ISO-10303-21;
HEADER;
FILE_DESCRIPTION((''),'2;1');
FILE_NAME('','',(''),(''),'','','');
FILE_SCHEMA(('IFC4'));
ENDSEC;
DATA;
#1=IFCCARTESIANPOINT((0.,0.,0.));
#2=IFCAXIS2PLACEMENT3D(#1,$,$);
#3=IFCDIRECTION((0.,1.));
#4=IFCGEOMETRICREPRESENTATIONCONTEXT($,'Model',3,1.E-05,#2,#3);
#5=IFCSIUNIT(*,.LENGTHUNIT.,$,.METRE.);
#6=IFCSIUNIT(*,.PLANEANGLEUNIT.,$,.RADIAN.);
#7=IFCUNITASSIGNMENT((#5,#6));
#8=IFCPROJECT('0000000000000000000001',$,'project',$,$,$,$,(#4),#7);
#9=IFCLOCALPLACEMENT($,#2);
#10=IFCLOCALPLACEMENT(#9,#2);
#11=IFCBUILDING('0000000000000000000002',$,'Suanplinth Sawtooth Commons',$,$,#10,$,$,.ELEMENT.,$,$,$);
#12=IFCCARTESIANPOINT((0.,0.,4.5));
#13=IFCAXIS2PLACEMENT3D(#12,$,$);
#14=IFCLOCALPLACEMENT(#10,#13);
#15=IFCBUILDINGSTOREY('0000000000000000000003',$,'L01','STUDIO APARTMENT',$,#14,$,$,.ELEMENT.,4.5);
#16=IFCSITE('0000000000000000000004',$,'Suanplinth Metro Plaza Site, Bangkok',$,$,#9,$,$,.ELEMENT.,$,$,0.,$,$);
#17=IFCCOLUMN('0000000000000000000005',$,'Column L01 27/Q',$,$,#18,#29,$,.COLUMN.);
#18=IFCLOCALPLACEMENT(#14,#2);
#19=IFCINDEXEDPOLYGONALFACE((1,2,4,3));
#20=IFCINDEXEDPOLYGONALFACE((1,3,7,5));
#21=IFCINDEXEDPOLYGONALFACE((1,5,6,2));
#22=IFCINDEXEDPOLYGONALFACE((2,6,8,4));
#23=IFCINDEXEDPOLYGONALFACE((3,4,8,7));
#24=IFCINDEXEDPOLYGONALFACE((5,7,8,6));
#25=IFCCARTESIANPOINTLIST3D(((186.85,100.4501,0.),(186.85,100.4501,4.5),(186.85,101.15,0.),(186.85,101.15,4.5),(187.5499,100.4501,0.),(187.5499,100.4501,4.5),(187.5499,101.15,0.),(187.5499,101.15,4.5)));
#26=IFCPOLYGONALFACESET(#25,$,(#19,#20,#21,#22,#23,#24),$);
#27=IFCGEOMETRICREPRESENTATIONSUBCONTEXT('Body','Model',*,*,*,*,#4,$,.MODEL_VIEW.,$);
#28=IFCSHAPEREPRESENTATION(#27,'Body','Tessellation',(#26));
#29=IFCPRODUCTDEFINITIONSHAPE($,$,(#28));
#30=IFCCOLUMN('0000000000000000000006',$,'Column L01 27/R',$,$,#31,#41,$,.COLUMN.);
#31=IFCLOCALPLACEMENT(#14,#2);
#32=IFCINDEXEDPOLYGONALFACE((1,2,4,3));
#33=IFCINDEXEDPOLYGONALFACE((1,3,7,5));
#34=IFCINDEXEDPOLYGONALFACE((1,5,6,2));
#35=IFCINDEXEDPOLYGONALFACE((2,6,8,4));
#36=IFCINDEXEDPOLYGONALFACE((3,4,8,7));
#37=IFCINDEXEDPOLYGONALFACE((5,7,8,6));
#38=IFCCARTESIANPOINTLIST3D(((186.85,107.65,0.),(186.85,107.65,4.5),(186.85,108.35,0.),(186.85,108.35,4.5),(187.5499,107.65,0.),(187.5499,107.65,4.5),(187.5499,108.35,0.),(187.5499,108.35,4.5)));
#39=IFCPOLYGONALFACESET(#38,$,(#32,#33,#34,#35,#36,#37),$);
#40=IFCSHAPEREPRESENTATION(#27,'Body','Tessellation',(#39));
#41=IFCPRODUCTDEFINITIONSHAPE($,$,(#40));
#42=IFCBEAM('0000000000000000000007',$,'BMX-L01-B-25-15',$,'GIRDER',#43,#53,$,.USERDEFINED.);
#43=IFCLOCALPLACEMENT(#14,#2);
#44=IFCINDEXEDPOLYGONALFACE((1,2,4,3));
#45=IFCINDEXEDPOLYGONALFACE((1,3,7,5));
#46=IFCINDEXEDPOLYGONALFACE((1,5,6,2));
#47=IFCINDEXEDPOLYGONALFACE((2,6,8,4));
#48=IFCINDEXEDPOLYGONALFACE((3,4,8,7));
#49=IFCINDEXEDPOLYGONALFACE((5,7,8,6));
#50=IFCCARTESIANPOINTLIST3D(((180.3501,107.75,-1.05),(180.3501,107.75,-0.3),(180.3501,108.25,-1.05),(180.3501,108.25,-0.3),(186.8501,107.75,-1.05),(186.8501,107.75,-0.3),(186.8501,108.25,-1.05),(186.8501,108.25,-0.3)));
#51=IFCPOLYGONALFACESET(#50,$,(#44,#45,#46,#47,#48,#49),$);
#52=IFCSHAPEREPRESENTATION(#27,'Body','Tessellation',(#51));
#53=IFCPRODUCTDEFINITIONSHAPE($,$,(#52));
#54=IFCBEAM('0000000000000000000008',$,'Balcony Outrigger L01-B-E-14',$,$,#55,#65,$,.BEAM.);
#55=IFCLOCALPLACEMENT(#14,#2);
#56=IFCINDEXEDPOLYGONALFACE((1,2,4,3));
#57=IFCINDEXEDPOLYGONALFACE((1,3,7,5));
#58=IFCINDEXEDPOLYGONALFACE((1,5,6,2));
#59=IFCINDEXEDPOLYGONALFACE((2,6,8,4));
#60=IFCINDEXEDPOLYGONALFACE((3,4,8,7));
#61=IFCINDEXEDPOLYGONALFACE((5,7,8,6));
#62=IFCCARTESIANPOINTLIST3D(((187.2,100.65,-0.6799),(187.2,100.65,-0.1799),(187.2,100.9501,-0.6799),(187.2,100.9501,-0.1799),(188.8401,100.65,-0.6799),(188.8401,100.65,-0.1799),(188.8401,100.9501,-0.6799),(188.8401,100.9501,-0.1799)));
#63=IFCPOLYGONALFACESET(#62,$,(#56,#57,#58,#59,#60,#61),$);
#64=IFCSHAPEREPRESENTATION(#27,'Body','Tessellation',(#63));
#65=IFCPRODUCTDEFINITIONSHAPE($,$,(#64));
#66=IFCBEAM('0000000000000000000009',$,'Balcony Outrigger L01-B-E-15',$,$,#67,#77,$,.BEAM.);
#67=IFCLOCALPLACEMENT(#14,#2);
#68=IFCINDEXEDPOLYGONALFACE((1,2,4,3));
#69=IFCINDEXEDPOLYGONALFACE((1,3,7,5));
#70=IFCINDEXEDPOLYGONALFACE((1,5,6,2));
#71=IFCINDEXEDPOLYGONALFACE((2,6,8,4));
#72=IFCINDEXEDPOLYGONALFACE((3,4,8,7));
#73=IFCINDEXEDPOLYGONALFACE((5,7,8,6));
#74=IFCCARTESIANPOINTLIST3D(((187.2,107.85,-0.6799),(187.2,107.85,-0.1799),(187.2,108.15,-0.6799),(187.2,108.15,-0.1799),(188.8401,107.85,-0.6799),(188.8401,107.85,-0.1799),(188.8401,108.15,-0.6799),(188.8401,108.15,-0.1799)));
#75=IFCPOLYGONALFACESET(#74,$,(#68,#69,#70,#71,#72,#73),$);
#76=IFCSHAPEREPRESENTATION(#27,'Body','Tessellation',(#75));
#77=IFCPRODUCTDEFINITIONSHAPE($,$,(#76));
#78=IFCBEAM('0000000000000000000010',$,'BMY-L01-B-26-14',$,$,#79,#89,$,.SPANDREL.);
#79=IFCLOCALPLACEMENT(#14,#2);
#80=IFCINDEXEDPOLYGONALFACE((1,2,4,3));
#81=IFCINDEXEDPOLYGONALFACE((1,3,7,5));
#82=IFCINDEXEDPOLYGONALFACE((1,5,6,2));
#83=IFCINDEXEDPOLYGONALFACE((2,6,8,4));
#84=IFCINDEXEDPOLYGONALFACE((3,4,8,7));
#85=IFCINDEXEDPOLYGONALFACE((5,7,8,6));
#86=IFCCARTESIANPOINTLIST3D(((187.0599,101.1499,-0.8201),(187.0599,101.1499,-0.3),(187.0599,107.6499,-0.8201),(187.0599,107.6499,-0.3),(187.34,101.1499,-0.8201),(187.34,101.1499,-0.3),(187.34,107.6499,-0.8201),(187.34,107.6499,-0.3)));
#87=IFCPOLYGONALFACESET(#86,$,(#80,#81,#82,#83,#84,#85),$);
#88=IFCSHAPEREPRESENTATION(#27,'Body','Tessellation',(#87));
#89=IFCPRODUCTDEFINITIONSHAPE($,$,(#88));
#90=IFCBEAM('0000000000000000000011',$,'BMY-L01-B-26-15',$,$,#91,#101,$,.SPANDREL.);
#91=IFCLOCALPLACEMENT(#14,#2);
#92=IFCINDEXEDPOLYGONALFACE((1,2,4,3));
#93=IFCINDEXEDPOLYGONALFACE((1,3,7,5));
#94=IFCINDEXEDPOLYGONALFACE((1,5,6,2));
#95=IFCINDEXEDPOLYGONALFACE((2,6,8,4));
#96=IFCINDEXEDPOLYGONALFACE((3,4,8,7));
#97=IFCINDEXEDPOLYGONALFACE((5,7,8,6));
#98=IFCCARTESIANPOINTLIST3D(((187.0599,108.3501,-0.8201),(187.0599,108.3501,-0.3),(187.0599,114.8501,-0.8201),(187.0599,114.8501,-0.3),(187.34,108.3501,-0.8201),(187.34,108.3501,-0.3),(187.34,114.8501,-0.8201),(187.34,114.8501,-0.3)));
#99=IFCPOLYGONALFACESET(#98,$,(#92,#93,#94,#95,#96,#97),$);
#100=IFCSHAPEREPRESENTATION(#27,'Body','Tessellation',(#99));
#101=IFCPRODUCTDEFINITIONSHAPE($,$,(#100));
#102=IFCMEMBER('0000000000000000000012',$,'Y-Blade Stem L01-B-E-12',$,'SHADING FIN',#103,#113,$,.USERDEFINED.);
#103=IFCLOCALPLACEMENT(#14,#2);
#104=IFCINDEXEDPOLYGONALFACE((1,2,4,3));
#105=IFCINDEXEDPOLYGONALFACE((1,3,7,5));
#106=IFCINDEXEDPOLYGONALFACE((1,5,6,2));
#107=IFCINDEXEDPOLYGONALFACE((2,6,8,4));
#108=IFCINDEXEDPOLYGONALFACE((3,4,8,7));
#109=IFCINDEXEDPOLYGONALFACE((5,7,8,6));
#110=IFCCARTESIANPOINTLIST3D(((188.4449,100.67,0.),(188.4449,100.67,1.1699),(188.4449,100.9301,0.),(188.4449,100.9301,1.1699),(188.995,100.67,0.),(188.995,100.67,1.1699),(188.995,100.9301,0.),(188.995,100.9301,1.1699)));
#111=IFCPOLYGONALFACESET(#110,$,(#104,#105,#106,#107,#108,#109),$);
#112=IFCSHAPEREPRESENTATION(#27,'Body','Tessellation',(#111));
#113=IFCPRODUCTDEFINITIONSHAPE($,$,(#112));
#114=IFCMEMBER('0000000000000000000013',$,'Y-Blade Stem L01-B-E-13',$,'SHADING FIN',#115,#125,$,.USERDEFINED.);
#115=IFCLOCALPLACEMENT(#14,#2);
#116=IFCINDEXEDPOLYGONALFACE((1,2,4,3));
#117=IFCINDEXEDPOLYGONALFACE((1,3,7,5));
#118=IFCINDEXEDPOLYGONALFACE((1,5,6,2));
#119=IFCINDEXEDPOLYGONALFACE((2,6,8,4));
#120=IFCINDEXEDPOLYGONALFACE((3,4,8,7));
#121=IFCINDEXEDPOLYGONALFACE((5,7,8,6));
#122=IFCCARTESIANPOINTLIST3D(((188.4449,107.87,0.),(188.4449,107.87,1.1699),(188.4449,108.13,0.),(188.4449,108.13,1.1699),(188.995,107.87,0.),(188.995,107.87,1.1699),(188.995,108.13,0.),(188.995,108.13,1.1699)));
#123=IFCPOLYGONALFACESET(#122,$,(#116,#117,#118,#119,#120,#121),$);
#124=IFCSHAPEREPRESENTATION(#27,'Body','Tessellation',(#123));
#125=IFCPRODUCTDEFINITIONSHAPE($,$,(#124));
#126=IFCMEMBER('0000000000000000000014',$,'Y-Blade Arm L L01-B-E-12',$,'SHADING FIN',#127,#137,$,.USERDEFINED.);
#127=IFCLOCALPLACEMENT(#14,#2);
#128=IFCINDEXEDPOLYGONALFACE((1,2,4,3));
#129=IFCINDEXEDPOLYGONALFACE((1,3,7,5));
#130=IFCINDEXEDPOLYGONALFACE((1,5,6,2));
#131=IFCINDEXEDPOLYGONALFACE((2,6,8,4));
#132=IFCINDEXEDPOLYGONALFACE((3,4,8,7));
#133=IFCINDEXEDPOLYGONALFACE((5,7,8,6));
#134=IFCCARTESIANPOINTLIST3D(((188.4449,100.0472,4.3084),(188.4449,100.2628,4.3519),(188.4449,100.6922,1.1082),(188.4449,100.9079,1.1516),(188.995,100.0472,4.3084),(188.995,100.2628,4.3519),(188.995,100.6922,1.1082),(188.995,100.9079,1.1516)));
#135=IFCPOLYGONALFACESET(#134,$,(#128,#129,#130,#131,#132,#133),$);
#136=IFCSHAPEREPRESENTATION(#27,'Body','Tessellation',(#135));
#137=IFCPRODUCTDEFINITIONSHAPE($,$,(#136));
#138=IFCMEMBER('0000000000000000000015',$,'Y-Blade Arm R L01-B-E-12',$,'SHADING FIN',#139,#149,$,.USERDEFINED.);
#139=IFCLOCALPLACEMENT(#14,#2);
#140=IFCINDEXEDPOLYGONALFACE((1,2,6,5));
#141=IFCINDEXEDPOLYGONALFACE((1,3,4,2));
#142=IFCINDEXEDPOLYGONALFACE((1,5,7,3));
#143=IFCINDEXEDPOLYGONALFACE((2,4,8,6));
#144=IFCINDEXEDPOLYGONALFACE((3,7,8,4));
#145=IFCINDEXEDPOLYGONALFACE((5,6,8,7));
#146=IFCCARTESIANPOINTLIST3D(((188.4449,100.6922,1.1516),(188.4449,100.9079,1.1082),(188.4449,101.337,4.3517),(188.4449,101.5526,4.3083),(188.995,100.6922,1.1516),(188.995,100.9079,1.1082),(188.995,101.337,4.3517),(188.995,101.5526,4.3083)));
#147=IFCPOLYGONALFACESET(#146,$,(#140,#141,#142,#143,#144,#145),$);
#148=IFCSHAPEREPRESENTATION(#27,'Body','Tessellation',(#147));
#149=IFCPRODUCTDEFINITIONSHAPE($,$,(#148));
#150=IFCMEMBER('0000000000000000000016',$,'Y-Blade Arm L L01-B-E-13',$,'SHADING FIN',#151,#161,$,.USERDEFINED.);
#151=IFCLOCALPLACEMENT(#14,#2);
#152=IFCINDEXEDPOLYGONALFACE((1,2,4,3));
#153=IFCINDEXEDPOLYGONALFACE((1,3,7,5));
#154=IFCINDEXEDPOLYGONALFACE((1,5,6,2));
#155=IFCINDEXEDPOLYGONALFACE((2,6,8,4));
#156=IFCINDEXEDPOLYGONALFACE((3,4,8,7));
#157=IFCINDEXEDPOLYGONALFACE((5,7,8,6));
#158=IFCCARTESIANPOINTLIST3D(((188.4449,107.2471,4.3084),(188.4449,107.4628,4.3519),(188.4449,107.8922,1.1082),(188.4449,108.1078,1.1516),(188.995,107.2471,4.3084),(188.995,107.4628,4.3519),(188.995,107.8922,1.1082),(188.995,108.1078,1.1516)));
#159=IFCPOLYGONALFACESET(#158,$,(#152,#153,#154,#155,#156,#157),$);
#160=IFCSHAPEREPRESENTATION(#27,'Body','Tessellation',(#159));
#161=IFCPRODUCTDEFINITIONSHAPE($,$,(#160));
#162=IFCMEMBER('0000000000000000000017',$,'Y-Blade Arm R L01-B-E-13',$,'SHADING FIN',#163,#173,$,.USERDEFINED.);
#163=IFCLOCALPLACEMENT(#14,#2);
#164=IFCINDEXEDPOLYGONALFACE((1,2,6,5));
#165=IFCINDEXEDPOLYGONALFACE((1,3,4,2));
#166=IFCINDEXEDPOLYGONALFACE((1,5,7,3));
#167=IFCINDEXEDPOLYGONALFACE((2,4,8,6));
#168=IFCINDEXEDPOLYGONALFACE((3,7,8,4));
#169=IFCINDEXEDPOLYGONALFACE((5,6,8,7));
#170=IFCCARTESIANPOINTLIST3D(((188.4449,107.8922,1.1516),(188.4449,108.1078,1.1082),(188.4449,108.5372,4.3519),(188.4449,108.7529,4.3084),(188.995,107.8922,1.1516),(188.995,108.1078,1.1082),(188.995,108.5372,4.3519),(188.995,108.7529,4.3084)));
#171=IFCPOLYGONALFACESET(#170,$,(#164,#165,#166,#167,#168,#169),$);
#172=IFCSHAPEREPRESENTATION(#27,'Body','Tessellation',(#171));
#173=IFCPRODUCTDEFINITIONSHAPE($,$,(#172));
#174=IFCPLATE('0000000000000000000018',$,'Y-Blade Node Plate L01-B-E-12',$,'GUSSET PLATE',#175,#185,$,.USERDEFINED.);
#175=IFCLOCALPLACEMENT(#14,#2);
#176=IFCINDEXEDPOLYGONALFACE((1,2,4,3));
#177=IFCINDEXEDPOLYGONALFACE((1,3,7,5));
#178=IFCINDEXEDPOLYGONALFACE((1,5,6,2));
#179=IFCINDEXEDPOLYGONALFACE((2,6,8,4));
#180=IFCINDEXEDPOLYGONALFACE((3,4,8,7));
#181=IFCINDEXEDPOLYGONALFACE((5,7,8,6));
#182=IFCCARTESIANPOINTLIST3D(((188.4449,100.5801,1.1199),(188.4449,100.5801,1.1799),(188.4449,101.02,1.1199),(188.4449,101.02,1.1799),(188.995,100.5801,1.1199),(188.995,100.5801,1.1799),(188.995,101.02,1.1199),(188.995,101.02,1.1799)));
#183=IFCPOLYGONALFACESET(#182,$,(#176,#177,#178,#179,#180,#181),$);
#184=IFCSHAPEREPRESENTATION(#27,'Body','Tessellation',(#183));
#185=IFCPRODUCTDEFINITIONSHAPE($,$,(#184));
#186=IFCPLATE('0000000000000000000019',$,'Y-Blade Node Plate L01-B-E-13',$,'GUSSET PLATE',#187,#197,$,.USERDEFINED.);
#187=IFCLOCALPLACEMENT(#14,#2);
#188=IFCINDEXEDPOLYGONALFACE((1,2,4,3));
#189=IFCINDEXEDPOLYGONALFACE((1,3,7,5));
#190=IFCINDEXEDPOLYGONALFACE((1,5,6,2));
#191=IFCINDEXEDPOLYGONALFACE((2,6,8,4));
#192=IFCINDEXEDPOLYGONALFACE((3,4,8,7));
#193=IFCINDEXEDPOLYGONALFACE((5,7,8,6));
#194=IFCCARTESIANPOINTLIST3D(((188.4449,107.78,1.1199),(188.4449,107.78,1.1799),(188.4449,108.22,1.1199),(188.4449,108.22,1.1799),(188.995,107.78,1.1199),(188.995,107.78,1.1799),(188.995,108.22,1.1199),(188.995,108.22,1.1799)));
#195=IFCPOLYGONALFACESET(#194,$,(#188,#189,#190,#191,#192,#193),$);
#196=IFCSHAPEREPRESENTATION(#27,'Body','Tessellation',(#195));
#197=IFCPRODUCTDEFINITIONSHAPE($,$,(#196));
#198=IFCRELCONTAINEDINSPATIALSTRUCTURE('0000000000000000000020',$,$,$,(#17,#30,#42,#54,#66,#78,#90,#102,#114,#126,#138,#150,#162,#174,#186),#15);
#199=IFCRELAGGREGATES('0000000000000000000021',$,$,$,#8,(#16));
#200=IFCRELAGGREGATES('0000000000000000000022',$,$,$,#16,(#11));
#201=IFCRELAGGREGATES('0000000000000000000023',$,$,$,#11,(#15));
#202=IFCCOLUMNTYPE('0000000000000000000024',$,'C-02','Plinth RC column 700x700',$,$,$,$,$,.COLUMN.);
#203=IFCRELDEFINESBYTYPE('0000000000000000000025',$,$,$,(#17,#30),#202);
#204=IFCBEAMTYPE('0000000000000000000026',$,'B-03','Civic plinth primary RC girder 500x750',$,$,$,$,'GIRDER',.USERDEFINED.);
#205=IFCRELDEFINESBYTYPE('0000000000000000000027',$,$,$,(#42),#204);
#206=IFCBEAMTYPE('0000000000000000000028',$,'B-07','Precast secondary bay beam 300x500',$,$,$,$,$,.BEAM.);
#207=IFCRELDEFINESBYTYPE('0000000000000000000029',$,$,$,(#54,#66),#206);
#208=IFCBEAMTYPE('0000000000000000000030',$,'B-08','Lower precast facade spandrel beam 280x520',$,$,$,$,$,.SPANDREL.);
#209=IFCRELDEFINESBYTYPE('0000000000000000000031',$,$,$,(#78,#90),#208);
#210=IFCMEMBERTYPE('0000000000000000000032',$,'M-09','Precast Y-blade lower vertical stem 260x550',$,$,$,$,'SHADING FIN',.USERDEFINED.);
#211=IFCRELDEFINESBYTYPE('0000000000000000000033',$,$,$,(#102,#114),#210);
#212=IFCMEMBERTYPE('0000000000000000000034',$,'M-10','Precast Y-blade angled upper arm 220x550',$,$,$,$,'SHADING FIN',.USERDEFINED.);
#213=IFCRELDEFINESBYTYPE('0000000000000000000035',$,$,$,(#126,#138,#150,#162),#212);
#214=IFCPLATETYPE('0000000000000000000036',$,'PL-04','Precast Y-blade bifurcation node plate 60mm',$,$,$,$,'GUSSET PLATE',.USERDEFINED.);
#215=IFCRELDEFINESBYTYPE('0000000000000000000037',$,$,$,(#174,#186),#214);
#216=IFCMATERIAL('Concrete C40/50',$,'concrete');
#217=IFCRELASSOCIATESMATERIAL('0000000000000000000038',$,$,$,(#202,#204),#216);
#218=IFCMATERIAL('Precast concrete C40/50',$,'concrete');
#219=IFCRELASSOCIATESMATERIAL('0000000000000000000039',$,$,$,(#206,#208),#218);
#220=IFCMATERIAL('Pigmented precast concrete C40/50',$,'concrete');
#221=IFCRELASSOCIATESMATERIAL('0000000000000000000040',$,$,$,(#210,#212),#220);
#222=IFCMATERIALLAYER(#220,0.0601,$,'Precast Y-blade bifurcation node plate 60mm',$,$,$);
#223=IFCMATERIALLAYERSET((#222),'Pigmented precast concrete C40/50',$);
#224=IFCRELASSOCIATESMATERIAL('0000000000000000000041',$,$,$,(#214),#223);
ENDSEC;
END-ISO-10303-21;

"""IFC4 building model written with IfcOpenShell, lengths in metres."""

from ifc_helpers import new_model, si_unit, direction, frame, origin, origin_2d, place, context, subcontext, project, spatial, rectangle, extrude, material, layer, layer_set, material_profile, profile_set, type_object, element, save


model = new_model("IFC4")

# Units and contexts
model_context = context("Model", 3, precision=1e-05, world=origin(), true_north=direction((0.0, 1.0)))
body_context = subcontext(model_context, "Body", "Model", "MODEL_VIEW")
ifc_project = project(units=[si_unit("LENGTHUNIT", "METRE"), si_unit("PLANEANGLEUNIT", "RADIAN")], contexts=[model_context])

# Site, building, storey
site_placement = place(None, origin())
site = spatial("IfcSite", under=ifc_project, at=site_placement, Name="Suanplinth Metro Plaza Site, Bangkok", CompositionType="ELEMENT", RefElevation=0.0)
building_placement = place(site_placement, origin())
building = spatial("IfcBuilding", under=site, at=building_placement, Name="Suanplinth Sawtooth Commons", CompositionType="ELEMENT")
storey_placement = place(building_placement, frame((0.0, 0.0, 4.5)))
storey = spatial("IfcBuildingStorey", under=building, at=storey_placement, Name="L01", Description="STUDIO APARTMENT", CompositionType="ELEMENT", Elevation=4.5)

# Columns
ifc_material_1 = material(Name="Concrete C40/50", Category="concrete")
ifc_material_profile_1 = material_profile(ifc_material_1, rectangle(XDim=0.7, YDim=0.7, at=origin_2d()), Name="RC-COL 700x700")
ifc_profile_set_1 = profile_set([ifc_material_profile_1], Name="Concrete C40/50")
column_type = type_object("IfcColumnType", Name="C-02", Description="Plinth RC column 700x700", PredefinedType="COLUMN", material=ifc_profile_set_1)
for number, where, z_axis, x_axis, name in (
    (1, (187.2, 100.8, 0.0), (0.0, 0.0, 1.0), (1.0, 0.0, 0.0), "Column L01 27/Q"),
    (2, (187.2, 108.0, 0.0), (0.0, 0.0, 1.0), (1.0, 0.0, 0.0), "Column L01 27/R"),
):
    element("IfcColumn", number, at=place(storey_placement, frame(where, z_axis=z_axis, x_axis=x_axis)), inside=storey, type_object=column_type, Name=name, PredefinedType="COLUMN", context=body_context, shape_type="SweptSolid", body=[
        extrude(rectangle(XDim=0.7, YDim=0.7, at=origin_2d()), origin(), (0.0, 0.0, 1.0), 4.5),
    ])

# Beams
ifc_material_profile_2 = material_profile(ifc_material_1, rectangle(XDim=0.5, YDim=0.75, at=origin_2d()), Name="RC-GDR 500x750")
ifc_profile_set_2 = profile_set([ifc_material_profile_2], Name="Concrete C40/50")
beam_type_1 = type_object("IfcBeamType", Name="B-03", Description="Civic plinth primary RC girder 500x750", ElementType="GIRDER", PredefinedType="USERDEFINED", material=ifc_profile_set_2)
beam_placement = place(storey_placement, frame((180.3501, 108.0, -0.675), z_axis=(1.0, 0.0, 0.0), x_axis=(0.0, 1.0, 0.0)))
element("IfcBeam", 3, at=beam_placement, inside=storey, type_object=beam_type_1, Name="BMX-L01-B-25-15", ObjectType="GIRDER", PredefinedType="USERDEFINED", context=body_context, shape_type="SweptSolid", body=[
    extrude(rectangle(XDim=0.5, YDim=0.75, at=origin_2d()), origin(), (0.0, 0.0, 1.0), 6.5),
])
ifc_material_2 = material(Name="Precast concrete C40/50", Category="concrete")
ifc_material_profile_3 = material_profile(ifc_material_2, rectangle(XDim=0.3, YDim=0.5, at=origin_2d()), Name="PC-BM 300x500")
ifc_profile_set_3 = profile_set([ifc_material_profile_3], Name="Precast concrete C40/50")
beam_type_2 = type_object("IfcBeamType", Name="B-07", Description="Precast secondary bay beam 300x500", PredefinedType="BEAM", material=ifc_profile_set_3)
for number, where, z_axis, x_axis, name in (
    (4, (187.2, 100.8, -0.4299), (1.0, 0.0, 0.0), (0.0, 1.0, 0.0), "Balcony Outrigger L01-B-E-14"),
    (5, (187.2, 108.0, -0.4299), (1.0, 0.0, 0.0), (0.0, 1.0, 0.0), "Balcony Outrigger L01-B-E-15"),
):
    element("IfcBeam", number, at=place(storey_placement, frame(where, z_axis=z_axis, x_axis=x_axis)), inside=storey, type_object=beam_type_2, Name=name, PredefinedType="BEAM", context=body_context, shape_type="SweptSolid", body=[
        extrude(rectangle(XDim=0.3, YDim=0.5, at=origin_2d()), origin(), (0.0, 0.0, 1.0), 1.6401),
    ])
ifc_material_profile_4 = material_profile(ifc_material_2, rectangle(XDim=0.28, YDim=0.52, at=origin_2d()), Name="PC-SP 280x520")
ifc_profile_set_4 = profile_set([ifc_material_profile_4], Name="Precast concrete C40/50")
beam_type_3 = type_object("IfcBeamType", Name="B-08", Description="Lower precast facade spandrel beam 280x520", PredefinedType="SPANDREL", material=ifc_profile_set_4)
for number, where, z_axis, x_axis, name in (
    (6, (187.2, 101.1499, -0.5601), (0.0, 1.0, 0.0), (-1.0, 0.0, 0.0), "BMY-L01-B-26-14"),
    (7, (187.2, 108.3501, -0.5601), (0.0, 1.0, 0.0), (-1.0, 0.0, 0.0), "BMY-L01-B-26-15"),
):
    element("IfcBeam", number, at=place(storey_placement, frame(where, z_axis=z_axis, x_axis=x_axis)), inside=storey, type_object=beam_type_3, Name=name, PredefinedType="SPANDREL", context=body_context, shape_type="SweptSolid", body=[
        extrude(rectangle(XDim=0.28, YDim=0.52, at=origin_2d()), origin(), (0.0, 0.0, 1.0), 6.5),
    ])

# Members
ifc_material_3 = material(Name="Pigmented precast concrete C40/50", Category="concrete")
ifc_material_profile_5 = material_profile(ifc_material_3, rectangle(XDim=0.26, YDim=0.55, at=origin_2d()), Name="PC-FIN 260x550")
ifc_profile_set_5 = profile_set([ifc_material_profile_5], Name="Pigmented precast concrete C40/50")
member_type_1 = type_object("IfcMemberType", Name="M-09", Description="Precast Y-blade lower vertical stem 260x550", ElementType="SHADING FIN", PredefinedType="USERDEFINED", material=ifc_profile_set_5)
for number, where, z_axis, x_axis, name in (
    (8, (188.72, 100.8, 0.0), (0.0, 0.0, 1.0), (0.0, 1.0, 0.0), "Y-Blade Stem L01-B-E-12"),
    (9, (188.72, 108.0, 0.0), (0.0, 0.0, 1.0), (0.0, 1.0, 0.0), "Y-Blade Stem L01-B-E-13"),
):
    element("IfcMember", number, at=place(storey_placement, frame(where, z_axis=z_axis, x_axis=x_axis)), inside=storey, type_object=member_type_1, Name=name, ObjectType="SHADING FIN", PredefinedType="USERDEFINED", context=body_context, shape_type="SweptSolid", body=[
        extrude(rectangle(XDim=0.26, YDim=0.55, at=origin_2d()), origin(), (0.0, 0.0, 1.0), 1.1699),
    ])
ifc_material_profile_6 = material_profile(ifc_material_3, rectangle(XDim=0.22, YDim=0.55, at=origin_2d()), Name="PC-FIN 220x550")
ifc_profile_set_6 = profile_set([ifc_material_profile_6], Name="Pigmented precast concrete C40/50")
member_type_2 = type_object("IfcMemberType", Name="M-10", Description="Precast Y-blade angled upper arm 220x550", ElementType="SHADING FIN", PredefinedType="USERDEFINED", material=ifc_profile_set_6)
member_1_placement = place(storey_placement, frame((188.72, 100.8, 1.1299), z_axis=(0.0, -0.197583, 0.980286), x_axis=(0.0, 0.980286, 0.197583)))
element("IfcMember", 10, at=member_1_placement, inside=storey, type_object=member_type_2, Name="Y-Blade Arm L L01-B-E-12", ObjectType="SHADING FIN", PredefinedType="USERDEFINED", context=body_context, shape_type="SweptSolid", body=[
    extrude(rectangle(XDim=0.22, YDim=0.55, at=origin_2d()), origin(), (0.0, 0.0, 1.0), 3.2646),
])
member_2_placement = place(storey_placement, frame((188.72, 100.8, 1.1299), z_axis=(0.0, 0.197511, 0.980301), x_axis=(0.0, -0.980301, 0.197511)))
element("IfcMember", 11, at=member_2_placement, inside=storey, type_object=member_type_2, Name="Y-Blade Arm R L01-B-E-12", ObjectType="SHADING FIN", PredefinedType="USERDEFINED", context=body_context, shape_type="SweptSolid", body=[
    extrude(rectangle(XDim=0.22, YDim=0.55, at=origin_2d()), origin(), (0.0, 0.0, 1.0), 3.2644),
])
for number, where, z_axis, x_axis, name in (
    (12, (188.72, 108.0, 1.1299), (0.0, -0.197583, 0.980286), (0.0, 0.980286, 0.197583), "Y-Blade Arm L L01-B-E-13"),
    (13, (188.72, 108.0, 1.1299), (0.0, 0.197583, 0.980286), (0.0, -0.980286, 0.197583), "Y-Blade Arm R L01-B-E-13"),
):
    element("IfcMember", number, at=place(storey_placement, frame(where, z_axis=z_axis, x_axis=x_axis)), inside=storey, type_object=member_type_2, Name=name, ObjectType="SHADING FIN", PredefinedType="USERDEFINED", context=body_context, shape_type="SweptSolid", body=[
        extrude(rectangle(XDim=0.22, YDim=0.55, at=origin_2d()), origin(), (0.0, 0.0, 1.0), 3.2646),
    ])

# Plates
ifc_layer_1 = layer(ifc_material_3, 0.0601, Name="Precast Y-blade bifurcation node plate 60mm")
ifc_layer_set_1 = layer_set([ifc_layer_1], Name="Pigmented precast concrete C40/50")
plate_type = type_object("IfcPlateType", Name="PL-04", Description="Precast Y-blade bifurcation node plate 60mm", ElementType="GUSSET PLATE", PredefinedType="USERDEFINED", material=ifc_layer_set_1)
for number, where, z_axis, x_axis, name in (
    (14, (188.72, 100.8, 1.1199), (0.0, 0.0, 1.0), (0.0, 1.0, 0.0), "Y-Blade Node Plate L01-B-E-12"),
    (15, (188.72, 108.0, 1.1199), (0.0, 0.0, 1.0), (0.0, 1.0, 0.0), "Y-Blade Node Plate L01-B-E-13"),
):
    element("IfcPlate", number, at=place(storey_placement, frame(where, z_axis=z_axis, x_axis=x_axis)), inside=storey, type_object=plate_type, Name=name, ObjectType="GUSSET PLATE", PredefinedType="USERDEFINED", context=body_context, shape_type="SweptSolid", body=[
        extrude(rectangle(XDim=0.4399, YDim=0.55, at=origin_2d()), origin(), (0.0, 0.0, 1.0), 0.0601),
    ])

save(model, "model.ifc")
